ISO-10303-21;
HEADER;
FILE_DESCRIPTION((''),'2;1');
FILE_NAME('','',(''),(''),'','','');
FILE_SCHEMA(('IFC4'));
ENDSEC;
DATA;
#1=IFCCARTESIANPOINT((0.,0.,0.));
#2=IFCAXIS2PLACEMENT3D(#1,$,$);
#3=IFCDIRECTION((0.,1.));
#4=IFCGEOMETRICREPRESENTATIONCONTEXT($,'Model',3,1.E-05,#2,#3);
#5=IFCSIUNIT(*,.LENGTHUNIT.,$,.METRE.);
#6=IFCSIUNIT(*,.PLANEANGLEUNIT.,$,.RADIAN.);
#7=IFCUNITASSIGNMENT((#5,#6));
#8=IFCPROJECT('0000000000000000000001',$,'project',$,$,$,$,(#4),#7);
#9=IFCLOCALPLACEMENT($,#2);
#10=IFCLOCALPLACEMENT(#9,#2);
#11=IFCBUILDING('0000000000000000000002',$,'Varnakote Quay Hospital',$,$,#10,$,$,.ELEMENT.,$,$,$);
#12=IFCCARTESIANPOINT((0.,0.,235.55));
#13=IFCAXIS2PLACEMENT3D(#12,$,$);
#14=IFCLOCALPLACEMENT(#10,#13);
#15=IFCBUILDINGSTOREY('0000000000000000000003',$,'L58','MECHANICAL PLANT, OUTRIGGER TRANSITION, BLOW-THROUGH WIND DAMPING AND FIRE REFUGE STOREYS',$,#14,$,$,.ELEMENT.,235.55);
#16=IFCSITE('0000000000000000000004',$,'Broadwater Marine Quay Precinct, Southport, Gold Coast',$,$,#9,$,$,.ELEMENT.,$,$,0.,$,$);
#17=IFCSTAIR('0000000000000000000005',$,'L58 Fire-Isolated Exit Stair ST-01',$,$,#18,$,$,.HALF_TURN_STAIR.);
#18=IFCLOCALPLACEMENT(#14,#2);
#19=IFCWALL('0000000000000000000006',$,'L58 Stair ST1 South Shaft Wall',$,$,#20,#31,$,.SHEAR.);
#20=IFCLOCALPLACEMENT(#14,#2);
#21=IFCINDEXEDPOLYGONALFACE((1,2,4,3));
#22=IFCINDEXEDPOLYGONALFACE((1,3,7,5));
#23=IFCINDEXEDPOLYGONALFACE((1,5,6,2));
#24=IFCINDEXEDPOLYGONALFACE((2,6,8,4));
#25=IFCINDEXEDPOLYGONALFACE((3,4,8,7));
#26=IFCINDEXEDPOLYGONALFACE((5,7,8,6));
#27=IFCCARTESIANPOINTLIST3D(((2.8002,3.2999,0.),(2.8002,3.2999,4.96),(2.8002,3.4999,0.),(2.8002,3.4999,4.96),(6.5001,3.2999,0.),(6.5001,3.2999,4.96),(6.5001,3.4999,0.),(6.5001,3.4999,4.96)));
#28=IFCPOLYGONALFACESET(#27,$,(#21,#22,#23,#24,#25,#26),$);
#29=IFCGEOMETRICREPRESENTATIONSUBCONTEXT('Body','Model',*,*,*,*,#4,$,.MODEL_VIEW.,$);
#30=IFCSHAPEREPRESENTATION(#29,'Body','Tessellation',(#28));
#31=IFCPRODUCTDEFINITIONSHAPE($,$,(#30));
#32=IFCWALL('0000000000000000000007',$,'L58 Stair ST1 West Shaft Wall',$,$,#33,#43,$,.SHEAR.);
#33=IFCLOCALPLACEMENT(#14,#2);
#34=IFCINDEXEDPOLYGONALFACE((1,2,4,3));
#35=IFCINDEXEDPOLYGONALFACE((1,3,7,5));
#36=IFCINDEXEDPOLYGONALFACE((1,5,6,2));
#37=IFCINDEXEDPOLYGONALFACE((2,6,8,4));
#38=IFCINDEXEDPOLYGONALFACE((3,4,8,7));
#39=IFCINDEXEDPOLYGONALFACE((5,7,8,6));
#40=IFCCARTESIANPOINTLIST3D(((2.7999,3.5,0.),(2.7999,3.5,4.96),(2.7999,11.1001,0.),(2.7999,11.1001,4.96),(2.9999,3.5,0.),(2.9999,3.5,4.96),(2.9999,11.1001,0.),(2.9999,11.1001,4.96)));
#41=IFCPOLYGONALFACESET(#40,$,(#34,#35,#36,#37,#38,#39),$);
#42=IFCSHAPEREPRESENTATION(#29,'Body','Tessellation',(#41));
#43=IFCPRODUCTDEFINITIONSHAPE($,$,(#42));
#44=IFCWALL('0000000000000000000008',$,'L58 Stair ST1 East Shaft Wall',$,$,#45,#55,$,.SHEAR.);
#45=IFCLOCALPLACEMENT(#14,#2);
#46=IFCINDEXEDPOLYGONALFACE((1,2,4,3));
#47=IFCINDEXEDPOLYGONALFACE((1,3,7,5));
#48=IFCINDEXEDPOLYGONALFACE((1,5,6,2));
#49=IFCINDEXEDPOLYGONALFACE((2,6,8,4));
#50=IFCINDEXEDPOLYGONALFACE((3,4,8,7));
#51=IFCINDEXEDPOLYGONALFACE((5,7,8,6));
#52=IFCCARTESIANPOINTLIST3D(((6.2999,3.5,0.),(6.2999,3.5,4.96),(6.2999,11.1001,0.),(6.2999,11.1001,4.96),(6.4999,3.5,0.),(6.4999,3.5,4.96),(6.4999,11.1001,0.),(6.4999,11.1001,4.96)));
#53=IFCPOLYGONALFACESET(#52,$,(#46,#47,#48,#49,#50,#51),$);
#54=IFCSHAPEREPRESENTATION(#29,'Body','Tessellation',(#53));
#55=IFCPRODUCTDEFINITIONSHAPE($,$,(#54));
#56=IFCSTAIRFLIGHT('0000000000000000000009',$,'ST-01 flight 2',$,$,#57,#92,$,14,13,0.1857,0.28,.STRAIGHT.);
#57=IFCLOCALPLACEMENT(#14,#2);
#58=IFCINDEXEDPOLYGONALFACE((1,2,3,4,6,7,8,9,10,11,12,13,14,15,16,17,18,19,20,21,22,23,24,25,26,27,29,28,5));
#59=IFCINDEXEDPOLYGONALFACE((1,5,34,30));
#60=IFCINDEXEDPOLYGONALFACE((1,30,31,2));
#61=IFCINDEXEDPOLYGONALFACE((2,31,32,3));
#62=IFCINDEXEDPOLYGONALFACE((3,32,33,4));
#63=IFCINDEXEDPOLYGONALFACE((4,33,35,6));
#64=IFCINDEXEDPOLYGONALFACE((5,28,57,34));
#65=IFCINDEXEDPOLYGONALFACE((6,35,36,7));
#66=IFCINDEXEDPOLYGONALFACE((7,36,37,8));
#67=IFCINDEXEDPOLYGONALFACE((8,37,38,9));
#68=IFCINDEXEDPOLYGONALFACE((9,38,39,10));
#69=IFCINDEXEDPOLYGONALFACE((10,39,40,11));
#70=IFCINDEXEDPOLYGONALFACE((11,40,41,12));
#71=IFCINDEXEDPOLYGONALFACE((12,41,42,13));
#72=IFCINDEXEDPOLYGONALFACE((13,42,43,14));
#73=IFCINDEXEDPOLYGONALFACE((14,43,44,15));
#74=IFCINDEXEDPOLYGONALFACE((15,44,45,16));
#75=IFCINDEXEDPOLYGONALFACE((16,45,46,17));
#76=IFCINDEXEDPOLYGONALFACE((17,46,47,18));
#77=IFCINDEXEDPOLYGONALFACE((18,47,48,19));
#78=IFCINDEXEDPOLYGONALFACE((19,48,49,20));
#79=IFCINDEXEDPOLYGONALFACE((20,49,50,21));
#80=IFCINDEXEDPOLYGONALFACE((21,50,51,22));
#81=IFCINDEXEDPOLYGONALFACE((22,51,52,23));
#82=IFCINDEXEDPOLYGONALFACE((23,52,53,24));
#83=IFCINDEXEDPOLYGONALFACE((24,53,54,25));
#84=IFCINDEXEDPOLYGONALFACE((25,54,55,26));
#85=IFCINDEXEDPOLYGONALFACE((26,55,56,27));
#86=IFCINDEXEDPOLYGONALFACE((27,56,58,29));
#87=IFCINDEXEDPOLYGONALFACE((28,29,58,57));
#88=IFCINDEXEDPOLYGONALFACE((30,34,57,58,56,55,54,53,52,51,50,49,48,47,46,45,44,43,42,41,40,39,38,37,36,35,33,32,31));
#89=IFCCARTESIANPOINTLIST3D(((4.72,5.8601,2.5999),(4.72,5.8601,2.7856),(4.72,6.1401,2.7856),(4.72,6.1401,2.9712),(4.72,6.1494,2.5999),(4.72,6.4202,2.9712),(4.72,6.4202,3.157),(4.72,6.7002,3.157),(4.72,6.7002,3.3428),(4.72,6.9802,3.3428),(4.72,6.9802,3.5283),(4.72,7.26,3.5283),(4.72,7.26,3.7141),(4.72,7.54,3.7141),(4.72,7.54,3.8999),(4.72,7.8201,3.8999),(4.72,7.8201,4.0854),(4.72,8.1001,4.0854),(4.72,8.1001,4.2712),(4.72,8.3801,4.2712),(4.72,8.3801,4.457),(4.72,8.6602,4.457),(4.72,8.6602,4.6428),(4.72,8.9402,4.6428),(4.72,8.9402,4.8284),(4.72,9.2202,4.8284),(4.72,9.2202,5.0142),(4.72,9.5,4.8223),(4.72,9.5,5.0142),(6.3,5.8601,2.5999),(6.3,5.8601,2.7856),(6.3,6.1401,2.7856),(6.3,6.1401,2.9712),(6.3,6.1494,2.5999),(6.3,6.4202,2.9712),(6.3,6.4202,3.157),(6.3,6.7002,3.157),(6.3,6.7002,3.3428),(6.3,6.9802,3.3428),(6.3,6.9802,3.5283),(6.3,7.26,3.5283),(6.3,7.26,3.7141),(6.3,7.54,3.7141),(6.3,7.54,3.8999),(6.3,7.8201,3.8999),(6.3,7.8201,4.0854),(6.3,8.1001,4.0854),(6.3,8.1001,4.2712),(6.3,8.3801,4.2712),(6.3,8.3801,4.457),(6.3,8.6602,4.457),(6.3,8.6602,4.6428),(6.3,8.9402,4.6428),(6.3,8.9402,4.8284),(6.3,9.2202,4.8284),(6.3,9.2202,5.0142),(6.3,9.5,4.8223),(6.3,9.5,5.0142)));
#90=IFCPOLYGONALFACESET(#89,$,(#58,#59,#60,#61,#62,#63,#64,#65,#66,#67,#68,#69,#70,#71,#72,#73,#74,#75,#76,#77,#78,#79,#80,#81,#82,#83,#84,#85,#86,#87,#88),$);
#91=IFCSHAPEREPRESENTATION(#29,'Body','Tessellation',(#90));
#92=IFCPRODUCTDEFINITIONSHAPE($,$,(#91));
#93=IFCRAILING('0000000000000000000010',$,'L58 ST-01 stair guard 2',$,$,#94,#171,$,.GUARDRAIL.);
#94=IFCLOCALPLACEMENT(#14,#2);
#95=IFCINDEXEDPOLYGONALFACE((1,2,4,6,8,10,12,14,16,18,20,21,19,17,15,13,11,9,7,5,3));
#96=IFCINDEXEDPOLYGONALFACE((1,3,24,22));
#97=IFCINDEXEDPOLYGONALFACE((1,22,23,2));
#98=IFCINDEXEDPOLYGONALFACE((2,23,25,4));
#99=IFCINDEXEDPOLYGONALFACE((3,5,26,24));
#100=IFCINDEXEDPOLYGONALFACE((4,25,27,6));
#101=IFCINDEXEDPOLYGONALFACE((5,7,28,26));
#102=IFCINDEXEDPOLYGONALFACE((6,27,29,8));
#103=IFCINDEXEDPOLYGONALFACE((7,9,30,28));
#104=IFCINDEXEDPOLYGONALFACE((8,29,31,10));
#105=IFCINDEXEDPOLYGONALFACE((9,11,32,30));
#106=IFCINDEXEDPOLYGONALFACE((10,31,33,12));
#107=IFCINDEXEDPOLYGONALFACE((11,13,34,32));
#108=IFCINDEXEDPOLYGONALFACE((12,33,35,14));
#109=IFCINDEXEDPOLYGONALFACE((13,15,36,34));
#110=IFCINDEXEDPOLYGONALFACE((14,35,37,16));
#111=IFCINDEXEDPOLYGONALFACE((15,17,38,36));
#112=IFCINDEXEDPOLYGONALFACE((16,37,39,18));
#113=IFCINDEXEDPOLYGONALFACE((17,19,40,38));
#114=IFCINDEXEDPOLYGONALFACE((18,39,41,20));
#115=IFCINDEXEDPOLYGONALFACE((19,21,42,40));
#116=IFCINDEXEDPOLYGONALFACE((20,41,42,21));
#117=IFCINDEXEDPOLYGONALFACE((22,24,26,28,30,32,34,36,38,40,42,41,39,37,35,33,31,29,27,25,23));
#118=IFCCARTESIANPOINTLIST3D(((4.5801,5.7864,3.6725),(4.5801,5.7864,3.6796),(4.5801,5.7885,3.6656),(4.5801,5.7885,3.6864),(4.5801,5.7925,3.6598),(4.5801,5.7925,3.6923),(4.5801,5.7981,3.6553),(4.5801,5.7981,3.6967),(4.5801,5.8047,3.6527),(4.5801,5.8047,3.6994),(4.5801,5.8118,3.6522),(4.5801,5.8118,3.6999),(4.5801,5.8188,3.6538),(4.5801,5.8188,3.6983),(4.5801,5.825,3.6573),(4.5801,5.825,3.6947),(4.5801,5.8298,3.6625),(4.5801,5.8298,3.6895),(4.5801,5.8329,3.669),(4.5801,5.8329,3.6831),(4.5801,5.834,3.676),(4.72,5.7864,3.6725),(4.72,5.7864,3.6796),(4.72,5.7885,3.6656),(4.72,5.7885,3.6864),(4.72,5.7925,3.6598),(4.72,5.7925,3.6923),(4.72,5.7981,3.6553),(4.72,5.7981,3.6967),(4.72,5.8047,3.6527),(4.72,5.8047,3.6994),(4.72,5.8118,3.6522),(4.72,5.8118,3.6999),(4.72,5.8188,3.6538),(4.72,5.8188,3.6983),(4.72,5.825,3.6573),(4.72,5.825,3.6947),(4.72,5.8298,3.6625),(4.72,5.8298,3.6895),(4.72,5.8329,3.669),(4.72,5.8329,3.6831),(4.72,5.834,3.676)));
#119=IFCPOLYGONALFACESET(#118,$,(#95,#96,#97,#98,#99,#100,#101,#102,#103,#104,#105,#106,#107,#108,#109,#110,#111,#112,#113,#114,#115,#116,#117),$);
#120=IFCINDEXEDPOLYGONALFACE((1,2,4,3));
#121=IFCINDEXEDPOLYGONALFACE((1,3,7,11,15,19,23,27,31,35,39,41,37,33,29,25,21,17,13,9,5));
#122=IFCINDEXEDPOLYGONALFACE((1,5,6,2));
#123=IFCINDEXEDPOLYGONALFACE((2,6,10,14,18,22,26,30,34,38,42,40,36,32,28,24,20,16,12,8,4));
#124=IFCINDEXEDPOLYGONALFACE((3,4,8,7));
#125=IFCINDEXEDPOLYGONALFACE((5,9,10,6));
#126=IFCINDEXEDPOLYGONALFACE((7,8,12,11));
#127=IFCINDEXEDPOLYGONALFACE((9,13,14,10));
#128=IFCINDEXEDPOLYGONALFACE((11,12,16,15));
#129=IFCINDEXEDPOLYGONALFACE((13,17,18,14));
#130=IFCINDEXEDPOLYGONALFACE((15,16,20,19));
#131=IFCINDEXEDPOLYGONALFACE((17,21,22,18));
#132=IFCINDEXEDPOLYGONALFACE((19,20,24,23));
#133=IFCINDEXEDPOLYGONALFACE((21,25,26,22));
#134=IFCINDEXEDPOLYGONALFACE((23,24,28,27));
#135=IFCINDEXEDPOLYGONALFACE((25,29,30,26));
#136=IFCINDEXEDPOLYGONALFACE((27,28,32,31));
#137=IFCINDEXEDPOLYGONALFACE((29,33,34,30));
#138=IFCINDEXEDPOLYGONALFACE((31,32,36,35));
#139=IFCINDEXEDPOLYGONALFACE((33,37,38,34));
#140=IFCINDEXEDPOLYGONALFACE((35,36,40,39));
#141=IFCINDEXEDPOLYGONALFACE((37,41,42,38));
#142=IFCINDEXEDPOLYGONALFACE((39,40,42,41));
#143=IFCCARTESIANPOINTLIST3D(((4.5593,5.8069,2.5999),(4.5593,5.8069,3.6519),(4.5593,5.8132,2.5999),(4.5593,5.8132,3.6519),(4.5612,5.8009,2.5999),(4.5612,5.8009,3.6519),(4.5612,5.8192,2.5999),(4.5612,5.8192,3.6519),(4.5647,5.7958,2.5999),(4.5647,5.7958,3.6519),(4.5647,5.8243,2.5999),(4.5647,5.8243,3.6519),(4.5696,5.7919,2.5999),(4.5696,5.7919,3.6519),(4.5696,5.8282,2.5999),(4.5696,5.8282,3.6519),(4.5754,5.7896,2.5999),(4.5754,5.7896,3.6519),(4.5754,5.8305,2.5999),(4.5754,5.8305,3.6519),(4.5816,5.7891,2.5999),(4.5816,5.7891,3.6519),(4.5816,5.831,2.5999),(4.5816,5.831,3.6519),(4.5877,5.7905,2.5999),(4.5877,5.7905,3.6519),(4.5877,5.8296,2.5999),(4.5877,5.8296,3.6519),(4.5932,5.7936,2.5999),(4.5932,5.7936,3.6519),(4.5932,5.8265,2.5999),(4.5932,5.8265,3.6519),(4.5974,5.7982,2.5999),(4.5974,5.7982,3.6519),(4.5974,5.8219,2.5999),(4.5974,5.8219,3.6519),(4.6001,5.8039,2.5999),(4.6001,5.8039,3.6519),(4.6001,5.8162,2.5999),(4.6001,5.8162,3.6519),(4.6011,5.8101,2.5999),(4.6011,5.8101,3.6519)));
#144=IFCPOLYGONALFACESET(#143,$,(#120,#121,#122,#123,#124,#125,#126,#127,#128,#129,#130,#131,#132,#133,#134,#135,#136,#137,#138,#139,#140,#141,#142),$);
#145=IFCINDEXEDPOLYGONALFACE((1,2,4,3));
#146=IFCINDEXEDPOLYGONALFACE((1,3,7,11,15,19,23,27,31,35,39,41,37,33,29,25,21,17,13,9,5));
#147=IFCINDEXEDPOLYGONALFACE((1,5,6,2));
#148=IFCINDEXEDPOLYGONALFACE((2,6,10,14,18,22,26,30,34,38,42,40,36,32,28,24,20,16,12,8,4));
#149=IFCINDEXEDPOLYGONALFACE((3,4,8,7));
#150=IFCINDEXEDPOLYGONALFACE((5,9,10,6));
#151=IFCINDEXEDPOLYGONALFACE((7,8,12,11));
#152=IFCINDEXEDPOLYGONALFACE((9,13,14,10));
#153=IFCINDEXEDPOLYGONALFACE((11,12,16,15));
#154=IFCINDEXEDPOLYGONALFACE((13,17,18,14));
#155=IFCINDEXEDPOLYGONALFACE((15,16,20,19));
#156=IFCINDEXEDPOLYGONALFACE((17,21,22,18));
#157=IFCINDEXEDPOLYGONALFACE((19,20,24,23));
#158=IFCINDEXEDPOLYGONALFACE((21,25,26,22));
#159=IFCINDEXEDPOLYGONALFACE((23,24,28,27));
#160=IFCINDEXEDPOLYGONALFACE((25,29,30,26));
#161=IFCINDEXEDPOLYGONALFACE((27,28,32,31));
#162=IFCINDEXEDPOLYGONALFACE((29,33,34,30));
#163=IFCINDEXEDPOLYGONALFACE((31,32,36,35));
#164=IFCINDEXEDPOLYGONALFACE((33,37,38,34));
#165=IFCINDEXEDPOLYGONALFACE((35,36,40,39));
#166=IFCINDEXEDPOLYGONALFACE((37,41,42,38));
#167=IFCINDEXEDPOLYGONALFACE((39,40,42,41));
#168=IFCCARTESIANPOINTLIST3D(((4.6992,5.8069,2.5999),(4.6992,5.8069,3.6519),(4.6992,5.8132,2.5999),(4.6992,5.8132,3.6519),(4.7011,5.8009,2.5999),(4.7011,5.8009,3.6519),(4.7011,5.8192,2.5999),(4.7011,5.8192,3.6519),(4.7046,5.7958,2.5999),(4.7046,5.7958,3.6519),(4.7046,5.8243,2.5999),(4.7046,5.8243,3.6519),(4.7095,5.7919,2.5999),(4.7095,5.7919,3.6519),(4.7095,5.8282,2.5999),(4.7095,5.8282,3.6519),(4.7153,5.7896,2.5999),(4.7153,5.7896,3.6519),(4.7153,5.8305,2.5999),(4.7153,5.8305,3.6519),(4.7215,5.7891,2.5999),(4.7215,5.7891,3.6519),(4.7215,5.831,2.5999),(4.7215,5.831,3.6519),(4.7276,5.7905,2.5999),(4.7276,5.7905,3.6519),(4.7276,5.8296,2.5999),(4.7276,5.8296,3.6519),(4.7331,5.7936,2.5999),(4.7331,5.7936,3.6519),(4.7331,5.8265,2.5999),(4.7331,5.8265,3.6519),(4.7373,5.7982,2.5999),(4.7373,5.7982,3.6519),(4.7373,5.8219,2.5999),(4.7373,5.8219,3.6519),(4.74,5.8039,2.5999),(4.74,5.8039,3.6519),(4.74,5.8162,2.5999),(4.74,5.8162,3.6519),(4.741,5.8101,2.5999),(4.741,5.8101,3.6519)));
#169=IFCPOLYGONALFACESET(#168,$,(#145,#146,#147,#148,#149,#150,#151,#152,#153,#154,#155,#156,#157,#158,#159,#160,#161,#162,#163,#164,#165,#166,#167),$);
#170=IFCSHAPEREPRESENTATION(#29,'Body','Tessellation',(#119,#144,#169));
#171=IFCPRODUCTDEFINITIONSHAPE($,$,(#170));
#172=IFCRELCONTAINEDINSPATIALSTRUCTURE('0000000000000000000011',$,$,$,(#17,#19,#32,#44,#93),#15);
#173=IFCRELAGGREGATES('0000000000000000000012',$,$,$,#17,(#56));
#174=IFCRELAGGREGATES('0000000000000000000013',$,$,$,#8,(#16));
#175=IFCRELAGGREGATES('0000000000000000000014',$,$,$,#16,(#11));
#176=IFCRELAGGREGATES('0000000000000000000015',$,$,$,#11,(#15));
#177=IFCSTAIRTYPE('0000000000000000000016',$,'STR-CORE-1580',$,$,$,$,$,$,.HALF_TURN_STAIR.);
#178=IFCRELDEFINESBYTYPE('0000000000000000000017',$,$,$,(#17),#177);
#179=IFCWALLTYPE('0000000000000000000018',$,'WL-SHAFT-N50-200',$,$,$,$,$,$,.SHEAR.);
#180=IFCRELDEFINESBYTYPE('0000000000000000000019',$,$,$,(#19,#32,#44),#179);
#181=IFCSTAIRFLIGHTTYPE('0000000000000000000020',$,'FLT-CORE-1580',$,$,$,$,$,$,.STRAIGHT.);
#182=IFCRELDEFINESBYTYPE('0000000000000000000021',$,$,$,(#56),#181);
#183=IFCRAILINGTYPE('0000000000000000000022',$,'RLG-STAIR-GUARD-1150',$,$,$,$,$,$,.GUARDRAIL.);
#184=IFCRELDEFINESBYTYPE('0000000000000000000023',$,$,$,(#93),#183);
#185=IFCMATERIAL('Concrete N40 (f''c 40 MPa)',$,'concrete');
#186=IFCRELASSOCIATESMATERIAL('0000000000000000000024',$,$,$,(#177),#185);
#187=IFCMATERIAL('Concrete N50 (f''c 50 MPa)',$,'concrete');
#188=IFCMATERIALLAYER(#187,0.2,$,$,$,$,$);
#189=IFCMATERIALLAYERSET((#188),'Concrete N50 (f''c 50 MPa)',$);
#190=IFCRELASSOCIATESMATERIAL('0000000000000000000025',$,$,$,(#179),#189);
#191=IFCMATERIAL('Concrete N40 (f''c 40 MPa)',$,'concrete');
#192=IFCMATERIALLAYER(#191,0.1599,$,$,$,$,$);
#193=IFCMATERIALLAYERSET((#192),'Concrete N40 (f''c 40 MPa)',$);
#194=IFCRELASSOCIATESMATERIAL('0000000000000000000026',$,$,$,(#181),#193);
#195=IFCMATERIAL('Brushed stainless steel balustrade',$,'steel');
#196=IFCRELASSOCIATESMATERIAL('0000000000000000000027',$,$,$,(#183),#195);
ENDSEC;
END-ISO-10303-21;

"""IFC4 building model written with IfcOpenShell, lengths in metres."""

from ifc_helpers import new_model, si_unit, direction, frame, frame_2d, origin, origin_2d, place, context, subcontext, project, spatial, polyline, rectangle, circle, outline, extrude, material, layer, layer_set, type_object, element, aggregate, save


model = new_model("IFC4")

# Units and contexts
model_context = context("Model", 3, precision=1e-05, world=origin(), true_north=direction((0.0, 1.0)))
body_context = subcontext(model_context, "Body", "Model", "MODEL_VIEW")
ifc_project = project(units=[si_unit("LENGTHUNIT", "METRE"), si_unit("PLANEANGLEUNIT", "RADIAN")], contexts=[model_context])

# Site, building, storey
site_placement = place(None, origin())
site = spatial("IfcSite", under=ifc_project, at=site_placement, Name="Broadwater Marine Quay Precinct, Southport, Gold Coast", CompositionType="ELEMENT", RefElevation=0.0)
building_placement = place(site_placement, origin())
building = spatial("IfcBuilding", under=site, at=building_placement, Name="Varnakote Quay Hospital", CompositionType="ELEMENT")
storey_placement = place(building_placement, frame((0.0, 0.0, 235.55)))
storey = spatial("IfcBuildingStorey", under=building, at=storey_placement, Name="L58", Description="MECHANICAL PLANT, OUTRIGGER TRANSITION, BLOW-THROUGH WIND DAMPING AND FIRE REFUGE STOREYS", CompositionType="ELEMENT", Elevation=235.55)

# Stair
ifc_material_1 = material(Name="Concrete N40 (f'c 40 MPa)", Category="concrete")
stair_type = type_object("IfcStairType", Name="STR-CORE-1580", PredefinedType="HALF_TURN_STAIR", material=ifc_material_1)
stair_1_placement = place(storey_placement, origin())
stair_1 = element("IfcStair", 1, at=stair_1_placement, inside=storey, type_object=stair_type, Name="L58 Fire-Isolated Exit Stair ST-01", PredefinedType="HALF_TURN_STAIR")

# Walls
ifc_material_2 = material(Name="Concrete N50 (f'c 50 MPa)", Category="concrete")
ifc_layer_1 = layer(ifc_material_2, 0.2)
ifc_layer_set_1 = layer_set([ifc_layer_1], Name="Concrete N50 (f'c 50 MPa)")
wall_type_1 = type_object("IfcWallType", Name="WL-SHAFT-N50-200", PredefinedType="SHEAR", material=ifc_layer_set_1)
wall_1_placement = place(storey_placement, frame((2.8, 3.3999, 0.0), z_axis=(0.0, 0.0, 1.0), x_axis=(1.0, 0.0, 0.0)))
element("IfcWall", 2, at=wall_1_placement, inside=storey, type_object=wall_type_1, Name="L58 Stair ST1 South Shaft Wall", PredefinedType="SHEAR", context=body_context, shape_type="SweptSolid", body=[
    extrude(rectangle(XDim=3.7, YDim=0.2, at=frame_2d((1.8501, 0.0))), origin(), (0.0, 0.0, 1.0), 4.96),
])
for number, where, z_axis, x_axis, name in (
    (3, (2.8999, 3.5, 0.0), (0.0, 0.0, 1.0), (0.0, 1.0, 0.0), "L58 Stair ST1 West Shaft Wall"),
    (4, (6.3999, 3.5, 0.0), (0.0, 0.0, 1.0), (0.0, 1.0, 0.0), "L58 Stair ST1 East Shaft Wall"),
):
    element("IfcWall", number, at=place(storey_placement, frame(where, z_axis=z_axis, x_axis=x_axis)), inside=storey, type_object=wall_type_1, Name=name, PredefinedType="SHEAR", context=body_context, shape_type="SweptSolid", body=[
        extrude(rectangle(XDim=7.6001, YDim=0.2, at=frame_2d((3.8, 0.0))), origin(), (0.0, 0.0, 1.0), 4.96),
    ])

# Stair flight
ifc_material_3 = material(Name="Concrete N40 (f'c 40 MPa)", Category="concrete")
ifc_layer_2 = layer(ifc_material_3, 0.1599)
ifc_layer_set_2 = layer_set([ifc_layer_2], Name="Concrete N40 (f'c 40 MPa)")
stair_flight_type = type_object("IfcStairFlightType", Name="FLT-CORE-1580", PredefinedType="STRAIGHT", material=ifc_layer_set_2)
stair_flight_placement = place(storey_placement, frame((5.51, 5.8601, 2.5999), z_axis=(0.0, 0.0, 1.0), x_axis=(0.0, 1.0, 0.0)))
stair_flight = element("IfcStairFlight", 5, at=stair_flight_placement, type_object=stair_flight_type, Name="ST-01 flight 2", NumberOfRisers=14, NumberOfTreads=13, PredefinedType="STRAIGHT", RiserHeight=0.1857, TreadLength=0.28, context=body_context, shape_type="SweptSolid", body=[
    extrude(outline(polyline([(0.0, 0.0), (0.0, 0.1858), (0.28, 0.1858), (0.28, 0.3713), (0.5601, 0.3713), (0.5601, 0.5571), (0.8401, 0.5571), (0.8401, 0.7429), (1.1201, 0.7429), (1.1201, 0.9285), (1.3999, 0.9285), (1.3999, 1.1143), (1.6799, 1.1143), (1.6799, 1.3), (1.96, 1.3), (1.96, 1.4856), (2.24, 1.4856), (2.24, 1.6714), (2.52, 1.6714), (2.52, 1.8572), (2.8, 1.8572), (2.8, 2.043), (3.0801, 2.043), (3.0801, 2.2285), (3.3601, 2.2285), (3.3601, 2.4143), (3.6399, 2.4143), (3.6399, 2.6001), (3.6399, 2.2224), (0.2893, 0.0), (0.0, 0.0)])), frame((0.0, 0.79, 0.0), z_axis=(0.0, -1.0, 0.0), x_axis=(1.0, 0.0, 0.0)), (0.0, 0.0, 1.0), 1.5801),
])
aggregate(stair_1, [stair_flight])

# Railing
ifc_material_4 = material(Name="Brushed stainless steel balustrade", Category="steel")
railing_type_1 = type_object("IfcRailingType", Name="RLG-STAIR-GUARD-1150", PredefinedType="GUARDRAIL", material=ifc_material_4)
railing_1_placement = place(storey_placement, frame((4.5801, 5.8101, 2.5999)))
element("IfcRailing", 6, at=railing_1_placement, inside=storey, type_object=railing_type_1, Name="L58 ST-01 stair guard 2", PredefinedType="GUARDRAIL", context=body_context, shape_type="SweptSolid", body=[
    extrude(circle(Radius=0.0239, at=origin_2d()), frame((0.0, 0.0, 1.0762), z_axis=(1.0, 0.0, 0.0), x_axis=(0.0, 1.0, 0.0)), (0.0, 0.0, 1.0), 0.1399),
    extrude(circle(Radius=0.021, at=origin_2d()), origin(), (0.0, 0.0, 1.0), 1.052),
    extrude(circle(Radius=0.021, at=origin_2d()), frame((0.1399, 0.0, 0.0)), (0.0, 0.0, 1.0), 1.052),
])

save(model, "model.ifc")
